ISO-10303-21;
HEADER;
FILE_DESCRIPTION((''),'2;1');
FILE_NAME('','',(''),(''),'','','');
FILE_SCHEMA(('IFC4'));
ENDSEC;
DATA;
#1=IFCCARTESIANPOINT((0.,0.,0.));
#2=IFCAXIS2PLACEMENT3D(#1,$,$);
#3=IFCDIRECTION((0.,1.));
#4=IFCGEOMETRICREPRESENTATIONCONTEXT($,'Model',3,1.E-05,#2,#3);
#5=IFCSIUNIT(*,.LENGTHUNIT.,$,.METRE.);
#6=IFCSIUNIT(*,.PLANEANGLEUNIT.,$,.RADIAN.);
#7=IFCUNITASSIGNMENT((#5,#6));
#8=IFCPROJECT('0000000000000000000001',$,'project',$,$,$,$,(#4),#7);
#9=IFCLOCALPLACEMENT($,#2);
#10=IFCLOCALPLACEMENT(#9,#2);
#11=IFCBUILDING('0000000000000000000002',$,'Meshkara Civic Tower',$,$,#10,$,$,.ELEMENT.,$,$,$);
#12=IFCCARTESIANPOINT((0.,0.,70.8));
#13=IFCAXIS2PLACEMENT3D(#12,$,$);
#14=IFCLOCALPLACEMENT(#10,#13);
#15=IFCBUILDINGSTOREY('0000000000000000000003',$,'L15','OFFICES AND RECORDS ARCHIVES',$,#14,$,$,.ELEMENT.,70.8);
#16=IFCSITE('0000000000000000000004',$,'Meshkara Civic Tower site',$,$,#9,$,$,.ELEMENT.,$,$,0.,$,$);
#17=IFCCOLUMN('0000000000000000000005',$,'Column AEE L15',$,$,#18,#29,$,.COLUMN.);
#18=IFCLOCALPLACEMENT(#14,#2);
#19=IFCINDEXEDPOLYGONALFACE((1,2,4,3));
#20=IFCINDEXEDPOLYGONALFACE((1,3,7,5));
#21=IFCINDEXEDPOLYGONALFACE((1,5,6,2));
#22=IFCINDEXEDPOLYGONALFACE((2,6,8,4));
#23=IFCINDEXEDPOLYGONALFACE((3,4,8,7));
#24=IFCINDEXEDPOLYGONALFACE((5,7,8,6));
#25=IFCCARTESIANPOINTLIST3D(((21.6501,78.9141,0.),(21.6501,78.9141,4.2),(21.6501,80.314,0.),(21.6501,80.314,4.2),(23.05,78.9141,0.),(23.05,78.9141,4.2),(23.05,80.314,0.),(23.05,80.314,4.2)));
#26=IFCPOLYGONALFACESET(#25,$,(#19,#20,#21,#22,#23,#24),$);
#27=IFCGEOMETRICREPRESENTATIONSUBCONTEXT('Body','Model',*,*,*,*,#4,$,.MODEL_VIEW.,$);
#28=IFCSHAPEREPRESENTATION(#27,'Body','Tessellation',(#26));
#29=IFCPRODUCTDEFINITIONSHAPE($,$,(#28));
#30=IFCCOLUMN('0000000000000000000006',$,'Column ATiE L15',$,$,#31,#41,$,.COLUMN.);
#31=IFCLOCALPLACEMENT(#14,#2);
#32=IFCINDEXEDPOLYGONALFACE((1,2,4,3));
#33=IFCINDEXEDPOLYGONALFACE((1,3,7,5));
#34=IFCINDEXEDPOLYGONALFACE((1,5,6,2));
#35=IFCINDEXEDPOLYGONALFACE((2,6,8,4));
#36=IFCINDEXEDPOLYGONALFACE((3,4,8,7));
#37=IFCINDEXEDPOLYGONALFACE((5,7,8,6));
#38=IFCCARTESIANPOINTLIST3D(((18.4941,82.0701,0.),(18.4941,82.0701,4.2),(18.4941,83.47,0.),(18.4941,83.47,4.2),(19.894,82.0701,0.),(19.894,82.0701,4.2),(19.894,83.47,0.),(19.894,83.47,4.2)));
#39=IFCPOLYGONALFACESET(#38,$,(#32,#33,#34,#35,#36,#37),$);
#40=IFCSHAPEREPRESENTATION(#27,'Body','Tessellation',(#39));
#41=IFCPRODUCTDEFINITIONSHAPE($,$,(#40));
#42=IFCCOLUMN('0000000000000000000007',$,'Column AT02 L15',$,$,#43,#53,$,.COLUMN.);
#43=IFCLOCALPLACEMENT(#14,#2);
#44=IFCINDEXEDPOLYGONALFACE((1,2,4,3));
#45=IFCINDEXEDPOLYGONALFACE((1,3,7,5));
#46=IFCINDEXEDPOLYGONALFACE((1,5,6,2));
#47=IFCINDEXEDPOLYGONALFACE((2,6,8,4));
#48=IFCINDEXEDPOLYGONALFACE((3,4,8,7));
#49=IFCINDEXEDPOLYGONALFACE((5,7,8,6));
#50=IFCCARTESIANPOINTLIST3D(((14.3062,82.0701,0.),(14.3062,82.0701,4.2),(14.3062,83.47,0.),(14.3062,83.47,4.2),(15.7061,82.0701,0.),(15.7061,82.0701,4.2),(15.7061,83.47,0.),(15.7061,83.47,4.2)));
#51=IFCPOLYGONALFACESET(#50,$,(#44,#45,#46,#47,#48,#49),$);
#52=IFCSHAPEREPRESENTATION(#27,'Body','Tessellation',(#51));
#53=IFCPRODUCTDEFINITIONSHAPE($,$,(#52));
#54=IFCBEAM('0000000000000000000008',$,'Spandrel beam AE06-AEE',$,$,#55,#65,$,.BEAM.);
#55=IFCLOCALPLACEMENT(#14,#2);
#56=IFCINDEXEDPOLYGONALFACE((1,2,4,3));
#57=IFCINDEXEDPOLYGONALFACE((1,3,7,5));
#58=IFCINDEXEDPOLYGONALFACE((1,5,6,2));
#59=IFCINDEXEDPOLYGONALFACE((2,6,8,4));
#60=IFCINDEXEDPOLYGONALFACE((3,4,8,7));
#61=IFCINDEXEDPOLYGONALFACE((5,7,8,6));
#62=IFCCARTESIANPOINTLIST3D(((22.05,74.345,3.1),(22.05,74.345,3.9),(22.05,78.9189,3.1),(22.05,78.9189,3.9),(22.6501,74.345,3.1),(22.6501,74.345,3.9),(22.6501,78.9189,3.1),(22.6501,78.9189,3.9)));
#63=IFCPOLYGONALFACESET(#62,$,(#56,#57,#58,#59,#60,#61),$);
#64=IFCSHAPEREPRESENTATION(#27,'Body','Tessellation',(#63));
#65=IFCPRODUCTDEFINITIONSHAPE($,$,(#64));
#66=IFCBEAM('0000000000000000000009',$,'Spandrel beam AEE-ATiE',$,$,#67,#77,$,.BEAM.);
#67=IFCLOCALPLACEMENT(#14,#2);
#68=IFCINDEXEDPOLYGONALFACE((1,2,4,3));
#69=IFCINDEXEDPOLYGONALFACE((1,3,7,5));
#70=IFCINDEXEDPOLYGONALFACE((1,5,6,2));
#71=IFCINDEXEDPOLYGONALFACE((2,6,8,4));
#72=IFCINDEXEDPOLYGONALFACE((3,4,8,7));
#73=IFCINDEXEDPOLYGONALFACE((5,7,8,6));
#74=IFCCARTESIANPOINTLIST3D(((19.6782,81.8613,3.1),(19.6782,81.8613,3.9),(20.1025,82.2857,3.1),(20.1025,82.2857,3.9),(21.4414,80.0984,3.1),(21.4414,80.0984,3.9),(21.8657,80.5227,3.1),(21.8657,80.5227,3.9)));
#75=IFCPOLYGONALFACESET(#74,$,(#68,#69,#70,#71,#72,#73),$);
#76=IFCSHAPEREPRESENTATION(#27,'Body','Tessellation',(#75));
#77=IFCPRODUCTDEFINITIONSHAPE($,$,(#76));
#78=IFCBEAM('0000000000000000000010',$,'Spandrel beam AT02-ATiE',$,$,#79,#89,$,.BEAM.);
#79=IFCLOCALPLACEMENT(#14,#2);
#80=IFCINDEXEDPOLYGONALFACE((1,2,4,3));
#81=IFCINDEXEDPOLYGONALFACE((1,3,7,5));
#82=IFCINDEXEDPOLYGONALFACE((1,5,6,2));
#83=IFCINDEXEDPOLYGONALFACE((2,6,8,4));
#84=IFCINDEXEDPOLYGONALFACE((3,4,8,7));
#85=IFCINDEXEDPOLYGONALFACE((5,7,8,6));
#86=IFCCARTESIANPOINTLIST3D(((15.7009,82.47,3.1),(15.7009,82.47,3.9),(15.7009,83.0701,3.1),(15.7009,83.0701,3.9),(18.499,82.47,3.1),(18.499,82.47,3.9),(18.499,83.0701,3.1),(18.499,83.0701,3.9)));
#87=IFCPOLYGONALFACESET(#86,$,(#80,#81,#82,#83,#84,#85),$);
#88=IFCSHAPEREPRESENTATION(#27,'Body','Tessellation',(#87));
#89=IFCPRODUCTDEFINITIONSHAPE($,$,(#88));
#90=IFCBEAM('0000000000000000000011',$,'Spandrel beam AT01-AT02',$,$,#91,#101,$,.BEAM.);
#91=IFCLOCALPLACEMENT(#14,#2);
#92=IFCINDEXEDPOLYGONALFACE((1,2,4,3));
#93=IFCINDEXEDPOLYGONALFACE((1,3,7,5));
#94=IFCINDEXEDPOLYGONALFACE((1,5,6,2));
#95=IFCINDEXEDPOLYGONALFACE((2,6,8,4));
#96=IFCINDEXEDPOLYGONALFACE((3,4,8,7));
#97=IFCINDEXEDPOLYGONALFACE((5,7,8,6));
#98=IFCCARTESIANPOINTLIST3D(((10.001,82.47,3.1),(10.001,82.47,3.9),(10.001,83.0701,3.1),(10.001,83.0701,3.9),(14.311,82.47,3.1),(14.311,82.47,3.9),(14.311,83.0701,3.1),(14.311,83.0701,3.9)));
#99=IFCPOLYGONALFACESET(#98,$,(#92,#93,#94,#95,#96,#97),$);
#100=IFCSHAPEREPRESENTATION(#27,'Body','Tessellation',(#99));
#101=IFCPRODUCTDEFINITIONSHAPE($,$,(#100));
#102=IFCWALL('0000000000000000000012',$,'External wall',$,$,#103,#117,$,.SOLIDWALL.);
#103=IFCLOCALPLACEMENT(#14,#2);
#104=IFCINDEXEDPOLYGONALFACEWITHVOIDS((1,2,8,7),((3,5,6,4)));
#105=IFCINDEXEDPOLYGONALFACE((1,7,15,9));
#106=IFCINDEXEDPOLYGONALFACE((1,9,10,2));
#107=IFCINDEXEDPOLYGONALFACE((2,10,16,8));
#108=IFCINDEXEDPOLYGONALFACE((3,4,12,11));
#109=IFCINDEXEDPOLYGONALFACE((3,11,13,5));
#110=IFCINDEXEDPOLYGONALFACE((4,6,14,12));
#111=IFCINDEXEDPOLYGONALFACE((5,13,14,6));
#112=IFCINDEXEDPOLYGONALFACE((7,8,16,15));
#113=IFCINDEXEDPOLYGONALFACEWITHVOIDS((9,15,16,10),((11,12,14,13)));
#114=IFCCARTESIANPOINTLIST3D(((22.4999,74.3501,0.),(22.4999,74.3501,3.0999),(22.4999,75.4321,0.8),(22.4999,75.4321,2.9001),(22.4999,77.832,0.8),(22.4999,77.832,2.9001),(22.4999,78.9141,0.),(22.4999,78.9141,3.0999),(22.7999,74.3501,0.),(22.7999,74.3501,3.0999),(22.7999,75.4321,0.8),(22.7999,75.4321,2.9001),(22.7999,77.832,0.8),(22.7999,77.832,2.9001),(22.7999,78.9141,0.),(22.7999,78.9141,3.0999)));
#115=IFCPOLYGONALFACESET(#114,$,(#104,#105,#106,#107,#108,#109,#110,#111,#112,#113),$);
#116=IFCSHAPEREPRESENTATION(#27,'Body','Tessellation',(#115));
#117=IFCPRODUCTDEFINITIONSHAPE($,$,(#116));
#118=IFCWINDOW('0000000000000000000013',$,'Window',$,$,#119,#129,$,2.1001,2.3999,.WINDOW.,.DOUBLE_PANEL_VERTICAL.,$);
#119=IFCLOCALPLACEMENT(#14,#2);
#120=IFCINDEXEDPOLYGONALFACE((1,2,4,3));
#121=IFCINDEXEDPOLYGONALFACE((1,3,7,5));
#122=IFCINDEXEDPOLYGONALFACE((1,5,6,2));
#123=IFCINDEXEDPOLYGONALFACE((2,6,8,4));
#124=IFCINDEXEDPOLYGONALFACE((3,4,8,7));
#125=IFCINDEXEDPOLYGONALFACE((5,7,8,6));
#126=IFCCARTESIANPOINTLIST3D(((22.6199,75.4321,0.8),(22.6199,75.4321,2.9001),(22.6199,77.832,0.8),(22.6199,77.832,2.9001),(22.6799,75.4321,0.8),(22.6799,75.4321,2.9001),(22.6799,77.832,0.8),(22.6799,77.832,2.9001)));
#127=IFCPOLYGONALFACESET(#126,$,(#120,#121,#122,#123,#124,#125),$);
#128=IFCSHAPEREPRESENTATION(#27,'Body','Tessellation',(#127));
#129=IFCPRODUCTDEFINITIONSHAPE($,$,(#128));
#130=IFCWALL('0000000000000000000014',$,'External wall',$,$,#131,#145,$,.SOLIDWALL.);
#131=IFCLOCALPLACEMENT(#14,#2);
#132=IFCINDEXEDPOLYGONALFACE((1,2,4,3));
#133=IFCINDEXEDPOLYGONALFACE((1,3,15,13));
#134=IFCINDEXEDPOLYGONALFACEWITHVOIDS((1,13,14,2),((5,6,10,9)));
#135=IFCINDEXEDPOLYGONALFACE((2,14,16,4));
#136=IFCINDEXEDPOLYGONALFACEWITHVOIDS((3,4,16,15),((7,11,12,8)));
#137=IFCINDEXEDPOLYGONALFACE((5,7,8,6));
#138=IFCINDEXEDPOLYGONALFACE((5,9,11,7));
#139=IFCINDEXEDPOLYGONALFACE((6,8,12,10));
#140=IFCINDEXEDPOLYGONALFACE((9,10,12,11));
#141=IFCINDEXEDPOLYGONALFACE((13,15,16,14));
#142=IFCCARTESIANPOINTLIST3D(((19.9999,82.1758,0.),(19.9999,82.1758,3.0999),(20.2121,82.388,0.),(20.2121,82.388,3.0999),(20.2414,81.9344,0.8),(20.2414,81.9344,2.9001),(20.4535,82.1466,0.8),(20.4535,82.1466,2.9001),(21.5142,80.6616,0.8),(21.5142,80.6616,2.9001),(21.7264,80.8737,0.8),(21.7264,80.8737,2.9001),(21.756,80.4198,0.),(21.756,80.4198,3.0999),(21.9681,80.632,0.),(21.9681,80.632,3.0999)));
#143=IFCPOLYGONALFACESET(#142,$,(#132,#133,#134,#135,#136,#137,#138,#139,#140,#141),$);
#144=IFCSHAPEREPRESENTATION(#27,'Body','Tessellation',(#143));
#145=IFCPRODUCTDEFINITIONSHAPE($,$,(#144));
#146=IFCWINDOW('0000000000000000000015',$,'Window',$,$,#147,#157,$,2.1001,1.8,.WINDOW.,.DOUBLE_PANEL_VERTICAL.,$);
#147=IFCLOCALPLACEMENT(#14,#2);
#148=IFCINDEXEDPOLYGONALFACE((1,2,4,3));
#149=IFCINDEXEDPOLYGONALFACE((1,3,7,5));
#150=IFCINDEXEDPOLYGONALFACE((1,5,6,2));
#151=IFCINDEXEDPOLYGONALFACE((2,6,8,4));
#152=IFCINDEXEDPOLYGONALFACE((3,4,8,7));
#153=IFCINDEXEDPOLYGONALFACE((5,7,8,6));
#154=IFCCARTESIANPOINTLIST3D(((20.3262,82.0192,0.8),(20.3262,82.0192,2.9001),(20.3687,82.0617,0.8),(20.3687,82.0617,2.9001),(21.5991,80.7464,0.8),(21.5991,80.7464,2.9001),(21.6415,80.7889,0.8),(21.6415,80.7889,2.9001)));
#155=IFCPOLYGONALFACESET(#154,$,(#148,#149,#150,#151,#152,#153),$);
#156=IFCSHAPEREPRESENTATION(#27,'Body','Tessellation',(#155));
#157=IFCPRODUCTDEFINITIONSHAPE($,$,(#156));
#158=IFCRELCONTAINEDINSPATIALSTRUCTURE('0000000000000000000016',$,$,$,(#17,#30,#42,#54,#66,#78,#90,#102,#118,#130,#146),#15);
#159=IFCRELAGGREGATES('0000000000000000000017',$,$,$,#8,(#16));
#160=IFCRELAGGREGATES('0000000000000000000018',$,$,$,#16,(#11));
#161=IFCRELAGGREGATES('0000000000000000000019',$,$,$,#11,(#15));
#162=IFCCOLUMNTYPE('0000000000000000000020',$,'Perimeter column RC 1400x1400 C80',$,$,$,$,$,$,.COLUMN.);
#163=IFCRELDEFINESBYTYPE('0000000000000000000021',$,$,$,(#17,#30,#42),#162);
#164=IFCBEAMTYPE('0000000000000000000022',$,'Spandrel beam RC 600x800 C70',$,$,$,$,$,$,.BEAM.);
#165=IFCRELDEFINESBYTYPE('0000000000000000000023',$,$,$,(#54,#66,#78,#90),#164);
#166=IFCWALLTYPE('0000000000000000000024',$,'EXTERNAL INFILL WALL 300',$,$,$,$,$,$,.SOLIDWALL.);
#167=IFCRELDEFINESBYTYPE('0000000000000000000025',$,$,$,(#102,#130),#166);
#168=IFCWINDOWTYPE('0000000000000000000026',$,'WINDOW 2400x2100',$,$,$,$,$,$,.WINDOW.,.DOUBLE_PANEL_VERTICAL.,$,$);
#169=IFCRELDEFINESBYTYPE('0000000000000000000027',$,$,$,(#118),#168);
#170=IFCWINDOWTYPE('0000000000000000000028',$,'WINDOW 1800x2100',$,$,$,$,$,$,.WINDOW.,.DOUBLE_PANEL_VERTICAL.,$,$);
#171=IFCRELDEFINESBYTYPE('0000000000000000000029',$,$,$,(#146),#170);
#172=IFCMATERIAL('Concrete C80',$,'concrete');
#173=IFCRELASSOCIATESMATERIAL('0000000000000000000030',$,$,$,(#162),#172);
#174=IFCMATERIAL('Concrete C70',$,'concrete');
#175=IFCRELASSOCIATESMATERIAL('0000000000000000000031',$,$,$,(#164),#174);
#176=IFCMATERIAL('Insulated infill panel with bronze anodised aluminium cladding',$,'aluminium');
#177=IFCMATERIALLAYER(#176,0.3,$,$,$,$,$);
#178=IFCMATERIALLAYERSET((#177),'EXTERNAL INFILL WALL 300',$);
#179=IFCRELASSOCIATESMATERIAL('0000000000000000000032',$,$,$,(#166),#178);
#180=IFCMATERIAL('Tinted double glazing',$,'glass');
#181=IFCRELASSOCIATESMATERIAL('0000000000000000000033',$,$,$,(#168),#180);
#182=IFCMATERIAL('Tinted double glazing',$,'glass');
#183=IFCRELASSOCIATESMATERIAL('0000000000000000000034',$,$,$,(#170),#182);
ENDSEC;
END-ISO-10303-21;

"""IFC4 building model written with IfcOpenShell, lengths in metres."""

from ifc_helpers import new_model, si_unit, direction, frame, frame_2d, origin, origin_2d, place, context, subcontext, project, spatial, rectangle, extrude, material, layer, layer_set, material_profile, profile_set, type_object, element, fill, save


model = new_model("IFC4")

# Units and contexts
model_context = context("Model", 3, precision=1e-05, world=origin(), true_north=direction((0.0, 1.0)))
body_context = subcontext(model_context, "Body", "Model", "MODEL_VIEW")
ifc_project = project(units=[si_unit("LENGTHUNIT", "METRE"), si_unit("PLANEANGLEUNIT", "RADIAN")], contexts=[model_context])

# Site, building, storey
site_placement = place(None, origin())
site = spatial("IfcSite", under=ifc_project, at=site_placement, Name="Meshkara Civic Tower site", CompositionType="ELEMENT", RefElevation=0.0)
building_placement = place(site_placement, origin())
building = spatial("IfcBuilding", under=site, at=building_placement, Name="Meshkara Civic Tower", CompositionType="ELEMENT")
storey_placement = place(building_placement, frame((0.0, 0.0, 70.8)))
storey = spatial("IfcBuildingStorey", under=building, at=storey_placement, Name="L15", Description="OFFICES AND RECORDS ARCHIVES", CompositionType="ELEMENT", Elevation=70.8)

# Columns
ifc_material_1 = material(Name="Concrete C80", Category="concrete")
ifc_material_profile_1 = material_profile(ifc_material_1, rectangle(XDim=1.3999, YDim=1.3999, at=origin_2d()))
ifc_profile_set_1 = profile_set([ifc_material_profile_1], Name="Concrete C80")
column_type = type_object("IfcColumnType", Name="Perimeter column RC 1400x1400 C80", PredefinedType="COLUMN", material=ifc_profile_set_1)
for number, where, z_axis, x_axis, name in (
    (1, (22.3501, 79.614, 0.0), (0.0, 0.0, 1.0), (1.0, 0.0, 0.0), "Column AEE L15"),
    (2, (19.1941, 82.77, 0.0), (0.0, 0.0, 1.0), (1.0, 0.0, 0.0), "Column ATiE L15"),
    (3, (15.0061, 82.77, 0.0), (0.0, 0.0, 1.0), (1.0, 0.0, 0.0), "Column AT02 L15"),
):
    element("IfcColumn", number, at=place(storey_placement, frame(where, z_axis=z_axis, x_axis=x_axis)), inside=storey, type_object=column_type, Name=name, PredefinedType="COLUMN", context=body_context, shape_type="SweptSolid", body=[
        extrude(rectangle(XDim=1.3999, YDim=1.3999, at=origin_2d()), origin(), (0.0, 0.0, 1.0), 4.2),
    ])

# Beams
ifc_material_2 = material(Name="Concrete C70", Category="concrete")
ifc_material_profile_2 = material_profile(ifc_material_2, rectangle(XDim=0.6001, YDim=0.8, at=origin_2d()))
ifc_profile_set_2 = profile_set([ifc_material_profile_2], Name="Concrete C70")
beam_type = type_object("IfcBeamType", Name="Spandrel beam RC 600x800 C70", PredefinedType="BEAM", material=ifc_profile_set_2)
beam_1_placement = place(storey_placement, frame((22.3501, 74.345, 3.5), z_axis=(0.0, 1.0, 0.0), x_axis=(-1.0, 0.0, 0.0)))
element("IfcBeam", 4, at=beam_1_placement, inside=storey, type_object=beam_type, Name="Spandrel beam AE06-AEE", PredefinedType="BEAM", context=body_context, shape_type="SweptSolid", body=[
    extrude(rectangle(XDim=0.6001, YDim=0.8, at=origin_2d()), origin(), (0.0, 0.0, 1.0), 4.574),
])
beam_2_placement = place(storey_placement, frame((21.6536, 80.3105, 3.5), z_axis=(-0.707156, 0.707058, 0.0), x_axis=(-0.707058, -0.707156, 0.0)))
element("IfcBeam", 5, at=beam_2_placement, inside=storey, type_object=beam_type, Name="Spandrel beam AEE-ATiE", PredefinedType="BEAM", context=body_context, shape_type="SweptSolid", body=[
    extrude(rectangle(XDim=0.6001, YDim=0.8, at=origin_2d()), origin(), (0.0, 0.0, 1.0), 2.4934),
])
beam_3_placement = place(storey_placement, frame((18.499, 82.77, 3.5), z_axis=(-1.0, 0.0, 0.0), x_axis=(0.0, -1.0, 0.0)))
element("IfcBeam", 6, at=beam_3_placement, inside=storey, type_object=beam_type, Name="Spandrel beam AT02-ATiE", PredefinedType="BEAM", context=body_context, shape_type="SweptSolid", body=[
    extrude(rectangle(XDim=0.6001, YDim=0.8, at=origin_2d()), origin(), (0.0, 0.0, 1.0), 2.7981),
])
beam_4_placement = place(storey_placement, frame((14.311, 82.77, 3.5), z_axis=(-1.0, 0.0, 0.0), x_axis=(0.0, -1.0, 0.0)))
element("IfcBeam", 7, at=beam_4_placement, inside=storey, type_object=beam_type, Name="Spandrel beam AT01-AT02", PredefinedType="BEAM", context=body_context, shape_type="SweptSolid", body=[
    extrude(rectangle(XDim=0.6001, YDim=0.8, at=origin_2d()), origin(), (0.0, 0.0, 1.0), 4.3101),
])

# Walls, openings, windows
ifc_material_3 = material(Name="Insulated infill panel with bronze anodised aluminium cladding", Category="aluminium")
ifc_layer = layer(ifc_material_3, 0.3)
ifc_layer_set = layer_set([ifc_layer], Name="EXTERNAL INFILL WALL 300")
wall_type = type_object("IfcWallType", Name="EXTERNAL INFILL WALL 300", PredefinedType="SOLIDWALL", material=ifc_layer_set)
wall_1_placement = place(storey_placement, frame((22.6499, 74.3501, 0.0), z_axis=(0.0, 0.0, 1.0), x_axis=(0.0, 1.0, 0.0)))
wall_1 = element("IfcWall", 8, at=wall_1_placement, inside=storey, type_object=wall_type, Name="External wall", PredefinedType="SOLIDWALL", context=body_context, shape_type="SweptSolid", body=[
    extrude(rectangle(XDim=4.564, YDim=0.3, at=frame_2d((2.282, 0.0))), origin(), (0.0, 0.0, 1.0), 3.0999),
])
opening_1_placement = place(wall_1_placement, frame((1.082, 0.0, 0.8)))
opening_1 = element("IfcOpeningElement", 9, at=opening_1_placement, cuts=wall_1, PredefinedType="OPENING", context=body_context, shape_type="SweptSolid", body=[
    extrude(rectangle(XDim=2.3999, YDim=2.1001, at=frame_2d((1.2, 1.05))), frame((0.0, 0.1599, 0.0), z_axis=(0.0, -1.0, 0.0), x_axis=(1.0, 0.0, 0.0)), (0.0, 0.0, 1.0), 0.3201),
])
ifc_material_4 = material(Name="Tinted double glazing", Category="glass")
window_type_1 = type_object("IfcWindowType", Name="WINDOW 2400x2100", PartitioningType="DOUBLE_PANEL_VERTICAL", PredefinedType="WINDOW", material=ifc_material_4)
window_1_placement = place(opening_1_placement, origin())
window_1 = element("IfcWindow", 10, at=window_1_placement, inside=storey, type_object=window_type_1, Name="Window", OverallHeight=2.1001, OverallWidth=2.3999, PartitioningType="DOUBLE_PANEL_VERTICAL", PredefinedType="WINDOW", context=body_context, shape_type="SweptSolid", body=[
    extrude(rectangle(XDim=2.3999, YDim=2.1001, at=frame_2d((1.2, 1.05))), frame((0.0, 0.03, 0.0), z_axis=(0.0, -1.0, 0.0), x_axis=(1.0, 0.0, 0.0)), (0.0, 0.0, 1.0), 0.0601),
])
fill(opening_1, window_1)
wall_2_placement = place(storey_placement, frame((21.8621, 80.5259, 0.0), z_axis=(0.0, 0.0, 1.0), x_axis=(-0.707107, 0.707107, 0.0)))
wall_2 = element("IfcWall", 11, at=wall_2_placement, inside=storey, type_object=wall_type, Name="External wall", PredefinedType="SOLIDWALL", context=body_context, shape_type="SweptSolid", body=[
    extrude(rectangle(XDim=2.4834, YDim=0.3, at=frame_2d((1.2417, 0.0))), origin(), (0.0, 0.0, 1.0), 3.0999),
])
opening_2_placement = place(wall_2_placement, frame((0.342, 0.0, 0.8)))
opening_2 = element("IfcOpeningElement", 12, at=opening_2_placement, cuts=wall_2, PredefinedType="OPENING", context=body_context, shape_type="SweptSolid", body=[
    extrude(rectangle(XDim=1.8, YDim=2.1001, at=frame_2d((0.8999, 1.05))), frame((0.0, 0.1599, 0.0), z_axis=(0.0, -1.0, 0.0), x_axis=(1.0, 0.0, 0.0)), (0.0, 0.0, 1.0), 0.3201),
])
ifc_material_5 = material(Name="Tinted double glazing", Category="glass")
window_type_2 = type_object("IfcWindowType", Name="WINDOW 1800x2100", PartitioningType="DOUBLE_PANEL_VERTICAL", PredefinedType="WINDOW", material=ifc_material_5)
window_2_placement = place(opening_2_placement, origin())
window_2 = element("IfcWindow", 13, at=window_2_placement, inside=storey, type_object=window_type_2, Name="Window", OverallHeight=2.1001, OverallWidth=1.8, PartitioningType="DOUBLE_PANEL_VERTICAL", PredefinedType="WINDOW", context=body_context, shape_type="SweptSolid", body=[
    extrude(rectangle(XDim=1.8, YDim=2.1001, at=frame_2d((0.8999, 1.05))), frame((0.0, 0.03, 0.0), z_axis=(0.0, -1.0, 0.0), x_axis=(1.0, 0.0, 0.0)), (0.0, 0.0, 1.0), 0.0601),
])
fill(opening_2, window_2)

save(model, "model.ifc")
